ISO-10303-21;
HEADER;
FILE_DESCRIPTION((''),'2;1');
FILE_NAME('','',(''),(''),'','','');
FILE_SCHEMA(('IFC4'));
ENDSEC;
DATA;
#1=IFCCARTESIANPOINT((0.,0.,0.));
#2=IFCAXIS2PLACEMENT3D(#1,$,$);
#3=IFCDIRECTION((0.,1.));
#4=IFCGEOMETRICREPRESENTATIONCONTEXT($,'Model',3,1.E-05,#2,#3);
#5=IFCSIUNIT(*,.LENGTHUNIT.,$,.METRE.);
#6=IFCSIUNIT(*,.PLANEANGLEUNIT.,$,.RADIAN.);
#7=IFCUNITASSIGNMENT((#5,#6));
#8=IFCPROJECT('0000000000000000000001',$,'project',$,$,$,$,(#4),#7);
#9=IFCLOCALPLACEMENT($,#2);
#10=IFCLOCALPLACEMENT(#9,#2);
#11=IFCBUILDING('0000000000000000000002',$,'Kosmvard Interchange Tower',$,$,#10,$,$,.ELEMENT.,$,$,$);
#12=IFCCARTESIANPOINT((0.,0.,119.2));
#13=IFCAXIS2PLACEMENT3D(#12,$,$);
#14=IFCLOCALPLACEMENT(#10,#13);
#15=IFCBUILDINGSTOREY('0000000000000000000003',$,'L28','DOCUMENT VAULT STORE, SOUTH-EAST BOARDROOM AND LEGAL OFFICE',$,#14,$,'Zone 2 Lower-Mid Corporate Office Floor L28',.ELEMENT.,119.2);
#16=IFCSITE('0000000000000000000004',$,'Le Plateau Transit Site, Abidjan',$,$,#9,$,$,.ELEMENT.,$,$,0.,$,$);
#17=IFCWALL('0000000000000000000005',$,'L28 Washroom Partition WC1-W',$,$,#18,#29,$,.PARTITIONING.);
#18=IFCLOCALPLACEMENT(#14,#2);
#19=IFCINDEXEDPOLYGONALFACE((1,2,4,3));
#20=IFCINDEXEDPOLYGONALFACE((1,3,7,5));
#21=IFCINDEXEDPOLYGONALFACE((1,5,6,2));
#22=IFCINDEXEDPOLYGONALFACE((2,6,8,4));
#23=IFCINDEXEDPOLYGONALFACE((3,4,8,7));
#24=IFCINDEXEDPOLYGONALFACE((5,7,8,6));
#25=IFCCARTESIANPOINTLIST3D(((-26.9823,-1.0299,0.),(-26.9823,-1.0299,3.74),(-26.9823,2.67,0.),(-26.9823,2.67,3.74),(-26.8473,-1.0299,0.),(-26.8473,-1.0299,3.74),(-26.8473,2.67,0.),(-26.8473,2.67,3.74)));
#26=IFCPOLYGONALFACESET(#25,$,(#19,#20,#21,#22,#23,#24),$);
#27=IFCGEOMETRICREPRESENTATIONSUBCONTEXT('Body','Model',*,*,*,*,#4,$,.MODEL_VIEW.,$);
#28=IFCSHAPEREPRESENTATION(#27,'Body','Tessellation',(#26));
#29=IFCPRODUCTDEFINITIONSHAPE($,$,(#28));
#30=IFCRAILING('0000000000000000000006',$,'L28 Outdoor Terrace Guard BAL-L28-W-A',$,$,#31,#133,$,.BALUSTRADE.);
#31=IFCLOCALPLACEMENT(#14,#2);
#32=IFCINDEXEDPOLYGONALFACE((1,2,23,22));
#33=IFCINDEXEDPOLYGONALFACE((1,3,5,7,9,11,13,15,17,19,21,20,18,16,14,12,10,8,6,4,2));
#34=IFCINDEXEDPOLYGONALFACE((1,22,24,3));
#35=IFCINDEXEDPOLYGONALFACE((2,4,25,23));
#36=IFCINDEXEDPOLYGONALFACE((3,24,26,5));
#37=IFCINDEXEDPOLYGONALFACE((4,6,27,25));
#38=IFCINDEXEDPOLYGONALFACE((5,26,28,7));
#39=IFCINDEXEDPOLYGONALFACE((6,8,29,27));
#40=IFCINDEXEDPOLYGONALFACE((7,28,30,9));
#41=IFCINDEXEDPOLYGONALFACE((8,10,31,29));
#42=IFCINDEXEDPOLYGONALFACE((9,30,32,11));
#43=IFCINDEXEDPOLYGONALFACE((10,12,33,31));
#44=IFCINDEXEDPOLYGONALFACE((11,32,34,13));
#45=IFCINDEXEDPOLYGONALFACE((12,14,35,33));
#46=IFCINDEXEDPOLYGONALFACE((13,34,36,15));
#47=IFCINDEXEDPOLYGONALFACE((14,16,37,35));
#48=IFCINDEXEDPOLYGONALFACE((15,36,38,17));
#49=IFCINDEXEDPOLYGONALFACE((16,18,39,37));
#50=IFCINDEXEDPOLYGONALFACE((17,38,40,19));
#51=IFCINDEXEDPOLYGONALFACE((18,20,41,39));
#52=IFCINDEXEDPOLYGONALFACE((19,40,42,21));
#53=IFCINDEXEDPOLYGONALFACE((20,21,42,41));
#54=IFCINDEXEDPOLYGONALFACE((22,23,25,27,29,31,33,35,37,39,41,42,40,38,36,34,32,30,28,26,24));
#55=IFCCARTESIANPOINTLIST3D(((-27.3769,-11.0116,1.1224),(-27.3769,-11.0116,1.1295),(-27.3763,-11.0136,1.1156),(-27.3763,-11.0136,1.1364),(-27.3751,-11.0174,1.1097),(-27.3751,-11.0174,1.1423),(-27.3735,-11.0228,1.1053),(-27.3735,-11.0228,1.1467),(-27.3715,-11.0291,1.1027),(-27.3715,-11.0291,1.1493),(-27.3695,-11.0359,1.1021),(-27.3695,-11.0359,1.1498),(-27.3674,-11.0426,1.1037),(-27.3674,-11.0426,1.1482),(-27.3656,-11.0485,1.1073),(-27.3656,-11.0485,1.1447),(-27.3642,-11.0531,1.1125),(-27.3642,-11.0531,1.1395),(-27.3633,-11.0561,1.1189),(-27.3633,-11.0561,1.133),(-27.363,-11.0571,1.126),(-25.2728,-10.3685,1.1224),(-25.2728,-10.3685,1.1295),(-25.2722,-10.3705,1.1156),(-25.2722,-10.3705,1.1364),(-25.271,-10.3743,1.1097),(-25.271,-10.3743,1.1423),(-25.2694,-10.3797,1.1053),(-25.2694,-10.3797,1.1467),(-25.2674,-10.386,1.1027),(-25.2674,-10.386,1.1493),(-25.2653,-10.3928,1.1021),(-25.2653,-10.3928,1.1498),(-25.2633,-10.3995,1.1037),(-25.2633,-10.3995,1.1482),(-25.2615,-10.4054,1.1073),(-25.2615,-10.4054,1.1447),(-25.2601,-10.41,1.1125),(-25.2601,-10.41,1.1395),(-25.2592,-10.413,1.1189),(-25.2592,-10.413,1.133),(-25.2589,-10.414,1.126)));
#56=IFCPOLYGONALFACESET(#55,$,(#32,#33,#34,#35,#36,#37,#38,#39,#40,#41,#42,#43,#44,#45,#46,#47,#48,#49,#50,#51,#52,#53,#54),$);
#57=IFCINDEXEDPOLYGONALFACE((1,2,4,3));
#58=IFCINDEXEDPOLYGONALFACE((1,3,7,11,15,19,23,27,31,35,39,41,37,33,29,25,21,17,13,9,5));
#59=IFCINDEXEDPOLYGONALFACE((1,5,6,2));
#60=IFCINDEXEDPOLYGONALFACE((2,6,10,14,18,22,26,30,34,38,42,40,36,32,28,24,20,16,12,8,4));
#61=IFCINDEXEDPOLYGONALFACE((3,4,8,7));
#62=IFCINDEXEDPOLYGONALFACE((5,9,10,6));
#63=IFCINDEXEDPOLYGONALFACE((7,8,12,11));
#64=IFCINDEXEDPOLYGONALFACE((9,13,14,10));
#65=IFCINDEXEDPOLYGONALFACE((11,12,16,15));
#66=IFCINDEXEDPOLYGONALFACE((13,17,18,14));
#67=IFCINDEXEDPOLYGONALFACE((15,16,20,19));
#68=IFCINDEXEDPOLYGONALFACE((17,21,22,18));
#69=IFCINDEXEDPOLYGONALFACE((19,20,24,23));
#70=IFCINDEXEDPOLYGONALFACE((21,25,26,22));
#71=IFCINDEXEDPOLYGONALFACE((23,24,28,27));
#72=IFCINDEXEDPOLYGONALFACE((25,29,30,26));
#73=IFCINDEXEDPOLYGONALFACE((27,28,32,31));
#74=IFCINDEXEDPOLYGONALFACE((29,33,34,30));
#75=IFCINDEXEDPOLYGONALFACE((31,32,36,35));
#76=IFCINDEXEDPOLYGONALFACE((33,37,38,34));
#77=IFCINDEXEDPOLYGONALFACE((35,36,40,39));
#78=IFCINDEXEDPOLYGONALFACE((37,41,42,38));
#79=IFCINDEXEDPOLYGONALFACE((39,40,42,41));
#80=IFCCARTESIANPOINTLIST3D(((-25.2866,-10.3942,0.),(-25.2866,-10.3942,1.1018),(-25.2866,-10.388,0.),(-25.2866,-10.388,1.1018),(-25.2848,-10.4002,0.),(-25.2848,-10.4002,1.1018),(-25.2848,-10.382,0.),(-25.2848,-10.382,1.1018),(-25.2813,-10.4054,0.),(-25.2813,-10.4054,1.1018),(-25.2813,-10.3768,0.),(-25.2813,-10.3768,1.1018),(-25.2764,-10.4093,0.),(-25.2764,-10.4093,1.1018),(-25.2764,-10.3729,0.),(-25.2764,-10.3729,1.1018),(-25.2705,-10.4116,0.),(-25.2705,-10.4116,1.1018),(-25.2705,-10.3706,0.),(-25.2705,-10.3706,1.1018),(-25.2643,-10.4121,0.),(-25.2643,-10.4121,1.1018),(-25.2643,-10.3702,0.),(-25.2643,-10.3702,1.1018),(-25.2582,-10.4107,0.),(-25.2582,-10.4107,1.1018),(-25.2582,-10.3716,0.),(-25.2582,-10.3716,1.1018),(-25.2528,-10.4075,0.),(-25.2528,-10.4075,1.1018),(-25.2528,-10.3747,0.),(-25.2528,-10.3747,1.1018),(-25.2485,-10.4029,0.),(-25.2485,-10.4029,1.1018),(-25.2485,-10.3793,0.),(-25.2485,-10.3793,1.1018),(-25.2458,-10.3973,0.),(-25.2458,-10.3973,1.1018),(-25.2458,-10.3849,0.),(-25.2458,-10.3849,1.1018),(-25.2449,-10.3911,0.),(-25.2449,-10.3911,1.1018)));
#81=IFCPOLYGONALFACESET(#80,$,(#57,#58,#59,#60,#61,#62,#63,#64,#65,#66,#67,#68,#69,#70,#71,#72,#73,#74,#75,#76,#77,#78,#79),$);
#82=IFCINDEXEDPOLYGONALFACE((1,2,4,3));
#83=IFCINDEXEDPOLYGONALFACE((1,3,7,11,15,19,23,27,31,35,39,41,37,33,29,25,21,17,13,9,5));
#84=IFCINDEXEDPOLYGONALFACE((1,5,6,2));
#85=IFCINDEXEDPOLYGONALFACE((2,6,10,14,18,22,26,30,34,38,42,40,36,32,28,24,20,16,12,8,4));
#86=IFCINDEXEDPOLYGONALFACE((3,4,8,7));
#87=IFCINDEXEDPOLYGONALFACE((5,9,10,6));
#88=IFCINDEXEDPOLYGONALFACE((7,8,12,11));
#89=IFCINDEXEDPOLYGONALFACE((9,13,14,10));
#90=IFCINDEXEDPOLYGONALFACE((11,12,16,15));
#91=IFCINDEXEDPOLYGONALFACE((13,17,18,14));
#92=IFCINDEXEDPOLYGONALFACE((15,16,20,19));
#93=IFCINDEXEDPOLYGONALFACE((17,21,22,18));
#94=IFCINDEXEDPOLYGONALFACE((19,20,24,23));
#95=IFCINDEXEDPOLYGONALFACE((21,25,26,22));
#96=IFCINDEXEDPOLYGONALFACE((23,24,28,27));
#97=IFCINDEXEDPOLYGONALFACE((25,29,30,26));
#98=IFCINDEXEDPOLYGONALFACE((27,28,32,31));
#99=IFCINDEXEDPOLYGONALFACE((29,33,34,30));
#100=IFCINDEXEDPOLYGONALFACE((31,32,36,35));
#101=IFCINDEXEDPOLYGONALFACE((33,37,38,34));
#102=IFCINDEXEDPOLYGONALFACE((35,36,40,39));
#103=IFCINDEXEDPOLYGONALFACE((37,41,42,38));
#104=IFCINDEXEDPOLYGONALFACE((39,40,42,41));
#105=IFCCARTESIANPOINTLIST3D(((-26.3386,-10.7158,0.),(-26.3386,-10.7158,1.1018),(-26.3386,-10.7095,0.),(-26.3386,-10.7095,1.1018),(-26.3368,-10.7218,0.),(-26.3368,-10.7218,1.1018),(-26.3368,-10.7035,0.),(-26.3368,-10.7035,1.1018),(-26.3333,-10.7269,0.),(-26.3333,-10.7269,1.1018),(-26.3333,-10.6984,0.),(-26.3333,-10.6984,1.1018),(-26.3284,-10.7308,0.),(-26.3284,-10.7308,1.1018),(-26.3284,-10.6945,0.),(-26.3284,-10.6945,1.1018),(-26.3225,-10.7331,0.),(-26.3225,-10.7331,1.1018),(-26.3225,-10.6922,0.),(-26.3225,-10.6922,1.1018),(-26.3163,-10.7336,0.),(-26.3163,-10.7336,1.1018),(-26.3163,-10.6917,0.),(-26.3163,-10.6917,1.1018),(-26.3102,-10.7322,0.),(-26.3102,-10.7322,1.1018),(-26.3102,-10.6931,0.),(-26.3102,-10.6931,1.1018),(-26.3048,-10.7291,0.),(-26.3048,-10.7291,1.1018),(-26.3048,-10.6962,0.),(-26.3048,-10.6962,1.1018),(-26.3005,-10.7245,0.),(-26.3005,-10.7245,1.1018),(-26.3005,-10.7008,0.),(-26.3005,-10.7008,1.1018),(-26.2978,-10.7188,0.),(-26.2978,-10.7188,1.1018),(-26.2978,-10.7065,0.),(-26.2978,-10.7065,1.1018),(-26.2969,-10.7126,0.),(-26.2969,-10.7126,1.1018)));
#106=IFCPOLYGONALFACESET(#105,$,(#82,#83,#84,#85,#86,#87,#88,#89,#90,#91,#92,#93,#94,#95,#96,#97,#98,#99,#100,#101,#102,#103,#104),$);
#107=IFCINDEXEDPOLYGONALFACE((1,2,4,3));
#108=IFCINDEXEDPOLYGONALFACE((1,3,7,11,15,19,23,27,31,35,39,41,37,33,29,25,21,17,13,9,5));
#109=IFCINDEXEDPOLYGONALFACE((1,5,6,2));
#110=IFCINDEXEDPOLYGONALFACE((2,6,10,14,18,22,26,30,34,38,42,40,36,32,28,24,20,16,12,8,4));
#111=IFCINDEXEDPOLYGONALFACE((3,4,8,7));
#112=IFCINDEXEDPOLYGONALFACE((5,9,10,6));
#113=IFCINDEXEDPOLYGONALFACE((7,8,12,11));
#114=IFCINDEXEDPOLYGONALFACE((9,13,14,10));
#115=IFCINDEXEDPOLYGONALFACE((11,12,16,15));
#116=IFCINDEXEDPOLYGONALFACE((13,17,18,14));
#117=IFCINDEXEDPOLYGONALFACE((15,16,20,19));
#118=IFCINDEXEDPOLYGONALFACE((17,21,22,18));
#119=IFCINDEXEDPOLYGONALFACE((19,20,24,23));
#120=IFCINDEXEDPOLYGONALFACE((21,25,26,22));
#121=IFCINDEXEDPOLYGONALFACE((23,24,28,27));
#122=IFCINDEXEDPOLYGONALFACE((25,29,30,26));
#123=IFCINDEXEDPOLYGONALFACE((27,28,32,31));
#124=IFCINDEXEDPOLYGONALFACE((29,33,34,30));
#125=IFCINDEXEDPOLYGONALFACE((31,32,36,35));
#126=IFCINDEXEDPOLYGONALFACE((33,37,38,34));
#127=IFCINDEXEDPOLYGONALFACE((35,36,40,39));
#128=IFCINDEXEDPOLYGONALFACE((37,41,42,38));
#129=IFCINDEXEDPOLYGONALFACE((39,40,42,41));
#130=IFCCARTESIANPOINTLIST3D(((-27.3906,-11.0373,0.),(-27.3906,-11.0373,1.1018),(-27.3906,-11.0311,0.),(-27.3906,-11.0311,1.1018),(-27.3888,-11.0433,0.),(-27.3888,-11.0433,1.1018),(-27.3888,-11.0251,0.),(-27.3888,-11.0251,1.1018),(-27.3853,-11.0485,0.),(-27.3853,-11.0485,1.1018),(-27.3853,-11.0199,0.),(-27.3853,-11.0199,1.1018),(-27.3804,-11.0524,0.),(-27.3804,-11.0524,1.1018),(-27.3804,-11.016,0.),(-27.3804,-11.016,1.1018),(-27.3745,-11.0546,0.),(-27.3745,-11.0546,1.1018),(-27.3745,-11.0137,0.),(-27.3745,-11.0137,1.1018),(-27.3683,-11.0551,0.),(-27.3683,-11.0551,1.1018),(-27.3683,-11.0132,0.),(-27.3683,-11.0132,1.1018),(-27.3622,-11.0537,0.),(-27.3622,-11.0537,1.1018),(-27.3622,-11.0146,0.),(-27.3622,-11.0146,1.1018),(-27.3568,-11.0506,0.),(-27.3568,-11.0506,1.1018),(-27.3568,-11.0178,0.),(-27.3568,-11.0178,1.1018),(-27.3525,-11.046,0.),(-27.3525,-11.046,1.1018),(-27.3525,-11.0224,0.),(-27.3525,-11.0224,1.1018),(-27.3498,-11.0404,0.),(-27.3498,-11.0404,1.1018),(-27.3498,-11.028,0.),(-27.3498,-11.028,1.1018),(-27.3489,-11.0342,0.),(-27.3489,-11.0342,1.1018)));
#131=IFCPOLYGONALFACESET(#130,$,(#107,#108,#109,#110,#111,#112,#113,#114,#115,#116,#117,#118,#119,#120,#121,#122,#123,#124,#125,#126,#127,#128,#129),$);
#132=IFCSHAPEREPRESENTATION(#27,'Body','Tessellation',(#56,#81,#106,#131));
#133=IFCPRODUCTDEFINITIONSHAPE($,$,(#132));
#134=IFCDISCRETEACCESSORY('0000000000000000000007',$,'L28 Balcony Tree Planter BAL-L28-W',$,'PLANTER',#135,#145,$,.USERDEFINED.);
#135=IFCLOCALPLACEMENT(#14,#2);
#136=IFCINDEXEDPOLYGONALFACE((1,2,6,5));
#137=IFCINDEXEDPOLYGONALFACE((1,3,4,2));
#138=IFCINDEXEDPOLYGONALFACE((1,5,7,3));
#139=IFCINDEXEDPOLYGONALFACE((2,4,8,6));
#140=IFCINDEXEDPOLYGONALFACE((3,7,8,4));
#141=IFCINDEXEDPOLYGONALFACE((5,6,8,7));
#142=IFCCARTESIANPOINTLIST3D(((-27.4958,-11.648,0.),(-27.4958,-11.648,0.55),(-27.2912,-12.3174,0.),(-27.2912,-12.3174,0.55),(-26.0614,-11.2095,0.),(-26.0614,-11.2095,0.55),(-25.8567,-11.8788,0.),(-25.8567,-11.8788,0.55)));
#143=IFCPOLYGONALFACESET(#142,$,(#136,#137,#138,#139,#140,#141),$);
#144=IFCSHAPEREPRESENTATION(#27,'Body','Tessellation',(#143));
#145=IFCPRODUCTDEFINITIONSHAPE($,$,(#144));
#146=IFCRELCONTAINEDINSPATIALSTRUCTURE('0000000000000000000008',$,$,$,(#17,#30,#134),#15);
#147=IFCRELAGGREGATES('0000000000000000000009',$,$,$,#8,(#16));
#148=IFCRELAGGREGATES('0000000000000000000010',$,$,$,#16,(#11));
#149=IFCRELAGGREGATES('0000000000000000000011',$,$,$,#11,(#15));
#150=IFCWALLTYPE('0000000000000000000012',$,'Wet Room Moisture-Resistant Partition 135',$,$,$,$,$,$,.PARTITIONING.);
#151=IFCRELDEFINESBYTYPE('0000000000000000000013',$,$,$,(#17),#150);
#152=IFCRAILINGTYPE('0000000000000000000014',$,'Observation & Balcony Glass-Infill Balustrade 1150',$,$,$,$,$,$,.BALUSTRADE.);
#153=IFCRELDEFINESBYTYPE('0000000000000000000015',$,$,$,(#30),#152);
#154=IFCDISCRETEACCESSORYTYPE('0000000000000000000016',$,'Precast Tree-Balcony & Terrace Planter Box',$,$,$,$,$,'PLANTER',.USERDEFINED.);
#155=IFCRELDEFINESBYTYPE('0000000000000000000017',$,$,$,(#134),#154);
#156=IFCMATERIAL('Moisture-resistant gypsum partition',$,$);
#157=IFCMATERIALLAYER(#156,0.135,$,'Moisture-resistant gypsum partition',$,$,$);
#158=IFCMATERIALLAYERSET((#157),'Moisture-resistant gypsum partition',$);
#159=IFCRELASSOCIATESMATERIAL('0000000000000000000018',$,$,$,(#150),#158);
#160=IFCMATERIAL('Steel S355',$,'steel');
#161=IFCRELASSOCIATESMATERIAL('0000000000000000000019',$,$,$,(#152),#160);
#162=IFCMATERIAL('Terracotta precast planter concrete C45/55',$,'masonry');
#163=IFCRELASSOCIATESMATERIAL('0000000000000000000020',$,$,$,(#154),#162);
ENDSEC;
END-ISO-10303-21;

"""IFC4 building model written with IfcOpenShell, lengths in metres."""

from ifc_helpers import new_model, si_unit, direction, frame, frame_2d, origin, origin_2d, place, context, subcontext, project, spatial, rectangle, circle, extrude, source, transform, mapped, material, layer, layer_set, type_object, element, save


model = new_model("IFC4")

# Units and contexts
model_context = context("Model", 3, precision=1e-05, world=origin(), true_north=direction((0.0, 1.0)))
body_context = subcontext(model_context, "Body", "Model", "MODEL_VIEW")
ifc_project = project(units=[si_unit("LENGTHUNIT", "METRE"), si_unit("PLANEANGLEUNIT", "RADIAN")], contexts=[model_context])

# Site, building, storey
site_placement = place(None, origin())
site = spatial("IfcSite", under=ifc_project, at=site_placement, Name="Le Plateau Transit Site, Abidjan", CompositionType="ELEMENT", RefElevation=0.0)
building_placement = place(site_placement, origin())
building = spatial("IfcBuilding", under=site, at=building_placement, Name="Kosmvard Interchange Tower", CompositionType="ELEMENT")
storey_placement = place(building_placement, frame((0.0, 0.0, 119.2)))
storey = spatial("IfcBuildingStorey", under=building, at=storey_placement, Name="L28", Description="DOCUMENT VAULT STORE, SOUTH-EAST BOARDROOM AND LEGAL OFFICE", LongName="Zone 2 Lower-Mid Corporate Office Floor L28", CompositionType="ELEMENT", Elevation=119.2)

# Shared definitions
ifc_material_1 = material(Name="Steel S355", Category="steel")

# Wall
ifc_material_2 = material(Name="Moisture-resistant gypsum partition")
ifc_layer_1 = layer(ifc_material_2, 0.135, Name="Moisture-resistant gypsum partition")
ifc_layer_set_1 = layer_set([ifc_layer_1], Name="Moisture-resistant gypsum partition")
wall_type_1 = type_object("IfcWallType", Name="Wet Room Moisture-Resistant Partition 135", PredefinedType="PARTITIONING", material=ifc_layer_set_1)
wall_1_placement = place(storey_placement, frame((-26.9148, -1.03, 0.0), z_axis=(0.0, 0.0, 1.0), x_axis=(0.0, 1.0, 0.0)))
element("IfcWall", 1, at=wall_1_placement, inside=storey, type_object=wall_type_1, Name="L28 Washroom Partition WC1-W", PredefinedType="PARTITIONING", context=body_context, shape_type="SweptSolid", body=[
    extrude(rectangle(XDim=3.7, YDim=0.135, at=frame_2d((1.8501, 0.0))), origin(), (0.0, 0.0, 1.0), 3.74),
])

# Railing
railing_type = type_object("IfcRailingType", Name="Observation & Balcony Glass-Infill Balustrade 1150", PredefinedType="BALUSTRADE", material=ifc_material_1)
shared_shape_1 = source(origin(), body_context, "Body", "SweptSolid", [
    extrude(circle(Radius=0.0239, at=origin_2d()), frame((0.0, 0.0, 1.126), z_axis=(-0.956329, -0.292292, 0.0), x_axis=(0.292292, -0.956329, 0.0)), (0.0, 0.0, 1.0), 2.2002),
    extrude(circle(Radius=0.021, at=origin_2d()), origin(), (0.0, 0.0, 1.0), 1.1018),
    extrude(circle(Radius=0.021, at=origin_2d()), frame((-1.052, -0.3215, 0.0)), (0.0, 0.0, 1.0), 1.1018),
    extrude(circle(Radius=0.021, at=origin_2d()), frame((-2.104, -0.6431, 0.0)), (0.0, 0.0, 1.0), 1.1018),
])
railing_1_placement = place(storey_placement, frame((-25.2659, -10.3911, 0.0)))
element("IfcRailing", 2, at=railing_1_placement, inside=storey, type_object=railing_type, Name="L28 Outdoor Terrace Guard BAL-L28-W-A", PredefinedType="BALUSTRADE", context=body_context, shape_type="MappedRepresentation", body=[
    mapped(shared_shape_1, transform((0.0, 0.0, 0.0), scale=1.0)),
])

# Discrete accessory
ifc_material_3 = material(Name="Terracotta precast planter concrete C45/55", Category="masonry")
discrete_accessory_type = type_object("IfcDiscreteAccessoryType", Name="Precast Tree-Balcony & Terrace Planter Box", ElementType="PLANTER", PredefinedType="USERDEFINED", material=ifc_material_3)
shared_shape_2 = source(origin(), body_context, "Body", "SweptSolid", [
    extrude(rectangle(XDim=1.5, YDim=0.7, at=origin_2d()), origin(), (0.0, 0.0, 1.0), 0.55),
])
discrete_accessory_placement = place(storey_placement, frame((-26.6763, -11.7634, 0.0), z_axis=(0.0, 0.0, 1.0), x_axis=(0.956305, 0.292372, 0.0)))
element("IfcDiscreteAccessory", 3, at=discrete_accessory_placement, inside=storey, type_object=discrete_accessory_type, Name="L28 Balcony Tree Planter BAL-L28-W", ObjectType="PLANTER", PredefinedType="USERDEFINED", context=body_context, shape_type="MappedRepresentation", body=[
    mapped(shared_shape_2, transform((0.0, 0.0, 0.0), scale=1.0)),
])

save(model, "model.ifc")
